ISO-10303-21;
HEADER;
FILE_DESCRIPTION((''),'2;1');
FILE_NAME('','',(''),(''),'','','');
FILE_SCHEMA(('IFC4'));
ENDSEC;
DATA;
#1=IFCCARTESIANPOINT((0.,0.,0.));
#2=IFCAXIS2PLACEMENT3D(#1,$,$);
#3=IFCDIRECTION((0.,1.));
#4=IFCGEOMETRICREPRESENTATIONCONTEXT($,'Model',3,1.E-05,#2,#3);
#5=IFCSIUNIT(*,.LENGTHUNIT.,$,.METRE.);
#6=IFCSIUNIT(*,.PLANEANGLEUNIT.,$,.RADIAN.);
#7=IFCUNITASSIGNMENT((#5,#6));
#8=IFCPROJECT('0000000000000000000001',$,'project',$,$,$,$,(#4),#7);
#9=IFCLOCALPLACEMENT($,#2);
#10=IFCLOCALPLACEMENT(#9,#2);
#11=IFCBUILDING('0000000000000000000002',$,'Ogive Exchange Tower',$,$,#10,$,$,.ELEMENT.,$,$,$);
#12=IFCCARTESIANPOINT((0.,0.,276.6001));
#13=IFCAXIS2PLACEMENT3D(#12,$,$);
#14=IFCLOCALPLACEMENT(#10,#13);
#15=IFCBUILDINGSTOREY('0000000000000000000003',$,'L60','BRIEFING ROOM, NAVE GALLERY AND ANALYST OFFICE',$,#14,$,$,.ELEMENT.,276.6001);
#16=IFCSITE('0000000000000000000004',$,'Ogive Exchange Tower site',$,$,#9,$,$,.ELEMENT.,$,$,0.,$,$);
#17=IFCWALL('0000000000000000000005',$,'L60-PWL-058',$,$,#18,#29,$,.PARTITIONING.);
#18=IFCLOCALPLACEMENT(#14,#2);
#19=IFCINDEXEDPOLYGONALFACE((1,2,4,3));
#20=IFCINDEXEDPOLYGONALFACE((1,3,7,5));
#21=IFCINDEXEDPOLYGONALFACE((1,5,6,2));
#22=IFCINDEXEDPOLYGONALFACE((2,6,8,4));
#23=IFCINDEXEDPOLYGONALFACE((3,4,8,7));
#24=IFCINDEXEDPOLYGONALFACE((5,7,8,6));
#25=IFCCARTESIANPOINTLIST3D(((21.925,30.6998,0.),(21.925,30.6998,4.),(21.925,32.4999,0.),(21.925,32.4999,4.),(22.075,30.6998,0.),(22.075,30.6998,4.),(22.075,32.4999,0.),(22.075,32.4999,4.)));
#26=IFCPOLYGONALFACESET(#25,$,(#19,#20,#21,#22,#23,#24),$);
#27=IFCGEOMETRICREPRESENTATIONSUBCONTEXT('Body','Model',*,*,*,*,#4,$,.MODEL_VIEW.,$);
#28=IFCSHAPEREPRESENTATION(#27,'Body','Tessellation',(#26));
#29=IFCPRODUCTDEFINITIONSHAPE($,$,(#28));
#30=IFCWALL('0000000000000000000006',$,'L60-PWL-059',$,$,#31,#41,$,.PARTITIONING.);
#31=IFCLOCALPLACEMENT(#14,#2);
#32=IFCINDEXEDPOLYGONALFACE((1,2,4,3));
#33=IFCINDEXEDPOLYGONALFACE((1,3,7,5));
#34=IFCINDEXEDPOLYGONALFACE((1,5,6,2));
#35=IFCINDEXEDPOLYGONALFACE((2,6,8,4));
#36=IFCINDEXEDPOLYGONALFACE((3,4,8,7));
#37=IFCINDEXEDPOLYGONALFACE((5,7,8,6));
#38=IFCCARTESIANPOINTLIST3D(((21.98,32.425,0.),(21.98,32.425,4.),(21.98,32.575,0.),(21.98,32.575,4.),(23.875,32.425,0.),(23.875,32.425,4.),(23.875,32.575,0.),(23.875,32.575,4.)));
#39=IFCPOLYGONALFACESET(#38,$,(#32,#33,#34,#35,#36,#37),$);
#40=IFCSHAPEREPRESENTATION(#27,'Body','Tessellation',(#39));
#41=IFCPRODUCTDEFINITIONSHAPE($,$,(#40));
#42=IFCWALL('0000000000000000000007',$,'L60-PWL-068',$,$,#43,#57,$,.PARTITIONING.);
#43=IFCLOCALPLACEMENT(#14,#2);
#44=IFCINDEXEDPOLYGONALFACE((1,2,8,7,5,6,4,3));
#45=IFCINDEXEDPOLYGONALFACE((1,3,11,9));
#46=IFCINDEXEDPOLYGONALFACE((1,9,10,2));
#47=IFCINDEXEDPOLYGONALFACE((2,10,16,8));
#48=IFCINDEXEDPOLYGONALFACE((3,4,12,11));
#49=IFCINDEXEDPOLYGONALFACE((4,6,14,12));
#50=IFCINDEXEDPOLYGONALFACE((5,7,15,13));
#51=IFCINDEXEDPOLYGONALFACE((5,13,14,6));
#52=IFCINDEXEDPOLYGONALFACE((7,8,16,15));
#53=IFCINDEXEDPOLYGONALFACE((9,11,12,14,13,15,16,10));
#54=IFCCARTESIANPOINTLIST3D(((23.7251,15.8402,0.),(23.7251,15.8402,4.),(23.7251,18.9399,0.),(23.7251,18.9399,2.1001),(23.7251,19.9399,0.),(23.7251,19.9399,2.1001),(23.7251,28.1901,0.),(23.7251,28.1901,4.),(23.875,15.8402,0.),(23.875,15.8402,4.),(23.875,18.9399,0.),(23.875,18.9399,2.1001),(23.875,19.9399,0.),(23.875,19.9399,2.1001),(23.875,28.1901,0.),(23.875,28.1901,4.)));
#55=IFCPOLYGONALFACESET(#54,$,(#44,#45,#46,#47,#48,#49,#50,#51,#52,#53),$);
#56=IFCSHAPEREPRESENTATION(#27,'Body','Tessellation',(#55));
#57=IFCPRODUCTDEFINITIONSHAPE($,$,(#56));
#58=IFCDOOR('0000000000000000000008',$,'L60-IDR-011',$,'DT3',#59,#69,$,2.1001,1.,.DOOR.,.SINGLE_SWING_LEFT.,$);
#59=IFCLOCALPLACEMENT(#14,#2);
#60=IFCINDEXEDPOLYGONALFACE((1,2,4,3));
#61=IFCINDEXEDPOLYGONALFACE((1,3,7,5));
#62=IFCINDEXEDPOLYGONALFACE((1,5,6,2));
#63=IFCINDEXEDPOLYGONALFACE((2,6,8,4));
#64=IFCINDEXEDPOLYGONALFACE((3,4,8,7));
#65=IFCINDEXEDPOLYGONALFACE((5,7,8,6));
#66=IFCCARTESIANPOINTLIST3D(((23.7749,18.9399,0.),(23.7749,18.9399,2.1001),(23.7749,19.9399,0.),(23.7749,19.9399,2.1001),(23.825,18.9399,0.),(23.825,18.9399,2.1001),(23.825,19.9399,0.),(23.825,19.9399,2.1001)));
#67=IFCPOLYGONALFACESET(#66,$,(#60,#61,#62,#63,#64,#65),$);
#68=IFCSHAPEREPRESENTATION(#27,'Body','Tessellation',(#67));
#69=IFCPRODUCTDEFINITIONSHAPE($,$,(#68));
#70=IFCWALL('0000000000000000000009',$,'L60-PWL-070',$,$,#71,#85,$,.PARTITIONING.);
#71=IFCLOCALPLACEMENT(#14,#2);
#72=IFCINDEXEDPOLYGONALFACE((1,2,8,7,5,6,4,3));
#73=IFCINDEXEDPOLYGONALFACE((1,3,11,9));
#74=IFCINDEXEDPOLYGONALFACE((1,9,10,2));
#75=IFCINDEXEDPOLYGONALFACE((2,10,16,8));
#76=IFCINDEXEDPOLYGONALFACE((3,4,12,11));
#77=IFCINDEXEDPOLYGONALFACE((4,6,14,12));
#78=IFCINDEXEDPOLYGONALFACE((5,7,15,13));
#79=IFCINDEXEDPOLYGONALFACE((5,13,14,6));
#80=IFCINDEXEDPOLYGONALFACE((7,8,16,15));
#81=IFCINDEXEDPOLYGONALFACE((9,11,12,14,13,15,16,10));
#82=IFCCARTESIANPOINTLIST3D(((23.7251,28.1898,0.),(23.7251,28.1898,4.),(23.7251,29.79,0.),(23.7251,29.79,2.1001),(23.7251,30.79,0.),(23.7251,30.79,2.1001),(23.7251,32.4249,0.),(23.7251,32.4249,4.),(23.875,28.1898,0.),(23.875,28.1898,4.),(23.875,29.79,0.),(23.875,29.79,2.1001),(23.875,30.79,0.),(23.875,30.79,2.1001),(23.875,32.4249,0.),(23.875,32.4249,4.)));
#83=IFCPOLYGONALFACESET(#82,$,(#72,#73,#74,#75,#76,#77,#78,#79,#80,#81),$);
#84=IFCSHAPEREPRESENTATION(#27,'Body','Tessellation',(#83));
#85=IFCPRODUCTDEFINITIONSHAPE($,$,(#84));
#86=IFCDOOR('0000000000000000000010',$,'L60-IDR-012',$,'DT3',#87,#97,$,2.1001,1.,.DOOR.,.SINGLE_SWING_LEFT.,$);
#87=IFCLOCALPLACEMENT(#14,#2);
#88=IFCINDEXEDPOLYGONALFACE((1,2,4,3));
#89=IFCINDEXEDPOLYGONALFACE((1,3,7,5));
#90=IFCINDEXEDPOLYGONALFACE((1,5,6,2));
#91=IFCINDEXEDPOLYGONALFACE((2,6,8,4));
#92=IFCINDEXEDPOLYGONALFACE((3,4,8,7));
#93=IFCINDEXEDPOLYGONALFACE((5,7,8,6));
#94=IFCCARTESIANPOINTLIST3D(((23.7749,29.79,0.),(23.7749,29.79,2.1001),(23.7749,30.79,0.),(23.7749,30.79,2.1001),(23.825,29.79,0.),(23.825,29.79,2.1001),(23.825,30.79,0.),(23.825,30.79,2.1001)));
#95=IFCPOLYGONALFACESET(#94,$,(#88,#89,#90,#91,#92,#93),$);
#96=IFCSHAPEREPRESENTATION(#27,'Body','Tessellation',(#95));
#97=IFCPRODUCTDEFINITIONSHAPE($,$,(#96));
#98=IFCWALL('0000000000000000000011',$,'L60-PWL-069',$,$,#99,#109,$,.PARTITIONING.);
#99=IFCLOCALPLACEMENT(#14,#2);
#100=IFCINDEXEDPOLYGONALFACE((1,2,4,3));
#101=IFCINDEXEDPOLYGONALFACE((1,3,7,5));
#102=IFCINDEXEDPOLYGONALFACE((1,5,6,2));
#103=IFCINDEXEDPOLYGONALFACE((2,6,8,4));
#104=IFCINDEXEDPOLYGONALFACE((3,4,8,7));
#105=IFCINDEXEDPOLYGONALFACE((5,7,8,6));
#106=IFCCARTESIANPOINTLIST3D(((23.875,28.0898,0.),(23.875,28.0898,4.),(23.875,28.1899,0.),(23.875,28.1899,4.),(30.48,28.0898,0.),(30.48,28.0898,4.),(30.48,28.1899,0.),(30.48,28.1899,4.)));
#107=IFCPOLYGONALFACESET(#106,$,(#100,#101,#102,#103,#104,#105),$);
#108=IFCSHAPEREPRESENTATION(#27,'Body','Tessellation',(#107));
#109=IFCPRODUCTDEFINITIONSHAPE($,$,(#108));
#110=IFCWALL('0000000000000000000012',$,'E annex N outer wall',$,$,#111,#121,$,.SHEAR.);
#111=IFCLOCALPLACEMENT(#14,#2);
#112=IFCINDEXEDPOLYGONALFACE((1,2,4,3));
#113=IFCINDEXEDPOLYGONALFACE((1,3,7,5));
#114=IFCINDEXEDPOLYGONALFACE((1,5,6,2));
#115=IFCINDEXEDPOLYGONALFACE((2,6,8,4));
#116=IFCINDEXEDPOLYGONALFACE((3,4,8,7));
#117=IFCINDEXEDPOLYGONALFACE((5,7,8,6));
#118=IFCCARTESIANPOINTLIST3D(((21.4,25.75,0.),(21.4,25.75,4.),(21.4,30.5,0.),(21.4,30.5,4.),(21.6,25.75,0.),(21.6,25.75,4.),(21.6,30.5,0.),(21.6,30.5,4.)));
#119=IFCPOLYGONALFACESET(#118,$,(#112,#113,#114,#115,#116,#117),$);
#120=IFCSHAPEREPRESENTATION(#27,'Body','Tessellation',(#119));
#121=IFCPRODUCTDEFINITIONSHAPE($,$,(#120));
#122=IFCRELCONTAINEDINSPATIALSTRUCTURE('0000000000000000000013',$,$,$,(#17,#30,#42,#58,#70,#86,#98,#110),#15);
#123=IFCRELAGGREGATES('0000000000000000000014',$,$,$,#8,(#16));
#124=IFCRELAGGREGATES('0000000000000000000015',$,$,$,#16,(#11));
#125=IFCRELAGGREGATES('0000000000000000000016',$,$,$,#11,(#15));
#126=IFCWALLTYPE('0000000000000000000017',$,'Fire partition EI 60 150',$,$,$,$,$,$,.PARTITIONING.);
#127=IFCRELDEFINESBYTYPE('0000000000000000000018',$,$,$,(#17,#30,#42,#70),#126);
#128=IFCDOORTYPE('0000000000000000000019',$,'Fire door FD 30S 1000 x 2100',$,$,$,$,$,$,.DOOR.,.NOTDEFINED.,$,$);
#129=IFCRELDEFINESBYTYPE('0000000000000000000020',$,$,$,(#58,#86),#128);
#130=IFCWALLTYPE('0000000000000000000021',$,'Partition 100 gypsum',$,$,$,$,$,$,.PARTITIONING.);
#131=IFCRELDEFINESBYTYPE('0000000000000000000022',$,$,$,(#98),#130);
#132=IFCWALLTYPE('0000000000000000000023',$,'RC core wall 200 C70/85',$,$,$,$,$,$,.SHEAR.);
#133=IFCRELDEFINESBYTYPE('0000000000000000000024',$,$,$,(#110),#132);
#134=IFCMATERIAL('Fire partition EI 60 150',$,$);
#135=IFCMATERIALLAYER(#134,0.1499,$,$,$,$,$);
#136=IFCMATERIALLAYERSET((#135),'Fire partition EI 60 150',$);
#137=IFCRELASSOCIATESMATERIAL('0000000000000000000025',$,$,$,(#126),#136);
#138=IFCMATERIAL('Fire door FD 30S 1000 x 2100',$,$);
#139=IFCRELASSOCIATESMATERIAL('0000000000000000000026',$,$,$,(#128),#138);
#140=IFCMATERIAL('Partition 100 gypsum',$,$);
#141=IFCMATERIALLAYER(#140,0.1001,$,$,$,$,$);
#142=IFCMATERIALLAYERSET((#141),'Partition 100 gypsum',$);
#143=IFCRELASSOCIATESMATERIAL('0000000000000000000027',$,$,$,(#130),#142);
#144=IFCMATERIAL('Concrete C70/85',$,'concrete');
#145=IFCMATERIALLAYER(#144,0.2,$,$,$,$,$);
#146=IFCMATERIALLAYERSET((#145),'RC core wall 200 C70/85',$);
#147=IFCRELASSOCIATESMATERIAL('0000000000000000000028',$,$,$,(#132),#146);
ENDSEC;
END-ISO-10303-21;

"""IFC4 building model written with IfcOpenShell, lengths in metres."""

from ifc_helpers import new_model, si_unit, direction, frame, frame_2d, origin, place, context, subcontext, project, spatial, rectangle, extrude, material, layer, layer_set, type_object, element, fill, save


model = new_model("IFC4")

# Units and contexts
model_context = context("Model", 3, precision=1e-05, world=origin(), true_north=direction((0.0, 1.0)))
body_context = subcontext(model_context, "Body", "Model", "MODEL_VIEW")
ifc_project = project(units=[si_unit("LENGTHUNIT", "METRE"), si_unit("PLANEANGLEUNIT", "RADIAN")], contexts=[model_context])

# Site, building, storey
site_placement = place(None, origin())
site = spatial("IfcSite", under=ifc_project, at=site_placement, Name="Ogive Exchange Tower site", CompositionType="ELEMENT", RefElevation=0.0)
building_placement = place(site_placement, origin())
building = spatial("IfcBuilding", under=site, at=building_placement, Name="Ogive Exchange Tower", CompositionType="ELEMENT")
storey_placement = place(building_placement, frame((0.0, 0.0, 276.6001)))
storey = spatial("IfcBuildingStorey", under=building, at=storey_placement, Name="L60", Description="BRIEFING ROOM, NAVE GALLERY AND ANALYST OFFICE", CompositionType="ELEMENT", Elevation=276.6001)

# Walls
ifc_material_1 = material(Name="Fire partition EI 60 150")
ifc_layer_1 = layer(ifc_material_1, 0.1499)
ifc_layer_set_1 = layer_set([ifc_layer_1], Name="Fire partition EI 60 150")
wall_type_1 = type_object("IfcWallType", Name="Fire partition EI 60 150", PredefinedType="PARTITIONING", material=ifc_layer_set_1)
wall_1_placement = place(storey_placement, frame((22.0, 30.7, 0.0), z_axis=(0.0, 0.0, 1.0), x_axis=(0.0, 1.0, 0.0)))
element("IfcWall", 1, at=wall_1_placement, inside=storey, type_object=wall_type_1, Name="L60-PWL-058", PredefinedType="PARTITIONING", context=body_context, shape_type="SweptSolid", body=[
    extrude(rectangle(XDim=1.8, YDim=0.1499, at=frame_2d((0.8999, 0.0))), origin(), (0.0, 0.0, 1.0), 4.0),
])
wall_2_placement = place(storey_placement, frame((21.98, 32.5, 0.0), z_axis=(0.0, 0.0, 1.0), x_axis=(1.0, 0.0, 0.0)))
element("IfcWall", 2, at=wall_2_placement, inside=storey, type_object=wall_type_1, Name="L60-PWL-059", PredefinedType="PARTITIONING", context=body_context, shape_type="SweptSolid", body=[
    extrude(rectangle(XDim=1.895, YDim=0.1499, at=frame_2d((0.9475, 0.0))), origin(), (0.0, 0.0, 1.0), 4.0),
])

# Walls, openings, doors
wall_3_placement = place(storey_placement, frame((23.8, 28.1899, 0.0), z_axis=(0.0, 0.0, 1.0), x_axis=(0.0, -1.0, 0.0)))
wall_3 = element("IfcWall", 3, at=wall_3_placement, inside=storey, type_object=wall_type_1, Name="L60-PWL-068", PredefinedType="PARTITIONING", context=body_context, shape_type="SweptSolid", body=[
    extrude(rectangle(XDim=12.3499, YDim=0.1499, at=frame_2d((6.1748, 0.0))), origin(), (0.0, 0.0, 1.0), 4.0),
])
opening_1_placement = place(wall_3_placement, frame((8.25, 0.0, 0.0)))
opening_1 = element("IfcOpeningElement", 4, at=opening_1_placement, cuts=wall_3, PredefinedType="OPENING", context=body_context, shape_type="SweptSolid", body=[
    extrude(rectangle(XDim=1.0, YDim=2.1001, at=frame_2d((0.5, 1.05))), frame((0.0, 0.085, 0.0), z_axis=(0.0, -1.0, 0.0), x_axis=(1.0, 0.0, 0.0)), (0.0, 0.0, 1.0), 0.1699),
])
ifc_material_2 = material(Name="Fire door FD 30S 1000 x 2100")
door_type = type_object("IfcDoorType", Name="Fire door FD 30S 1000 x 2100", OperationType="NOTDEFINED", PredefinedType="DOOR", material=ifc_material_2)
door_1_placement = place(opening_1_placement, origin())
door_1 = element("IfcDoor", 5, at=door_1_placement, inside=storey, type_object=door_type, Name="L60-IDR-011", ObjectType="DT3", OperationType="SINGLE_SWING_LEFT", OverallHeight=2.1001, OverallWidth=1.0, PredefinedType="DOOR", context=body_context, shape_type="SweptSolid", body=[
    extrude(rectangle(XDim=1.0, YDim=2.1001, at=frame_2d((0.5, 1.05))), frame((0.0, 0.0249, 0.0), z_axis=(0.0, -1.0, 0.0), x_axis=(1.0, 0.0, 0.0)), (0.0, 0.0, 1.0), 0.05),
])
fill(opening_1, door_1)
wall_4_placement = place(storey_placement, frame((23.8, 32.425, 0.0), z_axis=(0.0, 0.0, 1.0), x_axis=(0.0, -1.0, 0.0)))
wall_4 = element("IfcWall", 6, at=wall_4_placement, inside=storey, type_object=wall_type_1, Name="L60-PWL-070", PredefinedType="PARTITIONING", context=body_context, shape_type="SweptSolid", body=[
    extrude(rectangle(XDim=4.2351, YDim=0.1499, at=frame_2d((2.1177, 0.0))), origin(), (0.0, 0.0, 1.0), 4.0),
])
opening_2_placement = place(wall_4_placement, frame((1.635, 0.0, 0.0)))
opening_2 = element("IfcOpeningElement", 7, at=opening_2_placement, cuts=wall_4, PredefinedType="OPENING", context=body_context, shape_type="SweptSolid", body=[
    extrude(rectangle(XDim=1.0, YDim=2.1001, at=frame_2d((0.5, 1.05))), frame((0.0, 0.085, 0.0), z_axis=(0.0, -1.0, 0.0), x_axis=(1.0, 0.0, 0.0)), (0.0, 0.0, 1.0), 0.1699),
])
door_2_placement = place(opening_2_placement, origin())
door_2 = element("IfcDoor", 8, at=door_2_placement, inside=storey, type_object=door_type, Name="L60-IDR-012", ObjectType="DT3", OperationType="SINGLE_SWING_LEFT", OverallHeight=2.1001, OverallWidth=1.0, PredefinedType="DOOR", context=body_context, shape_type="SweptSolid", body=[
    extrude(rectangle(XDim=1.0, YDim=2.1001, at=frame_2d((0.5, 1.05))), frame((0.0, 0.0249, 0.0), z_axis=(0.0, -1.0, 0.0), x_axis=(1.0, 0.0, 0.0)), (0.0, 0.0, 1.0), 0.05),
])
fill(opening_2, door_2)

# Walls
ifc_material_3 = material(Name="Partition 100 gypsum")
ifc_layer_2 = layer(ifc_material_3, 0.1001)
ifc_layer_set_2 = layer_set([ifc_layer_2], Name="Partition 100 gypsum")
wall_type_2 = type_object("IfcWallType", Name="Partition 100 gypsum", PredefinedType="PARTITIONING", material=ifc_layer_set_2)
wall_5_placement = place(storey_placement, frame((23.875, 28.1399, 0.0), z_axis=(0.0, 0.0, 1.0), x_axis=(1.0, 0.0, 0.0)))
element("IfcWall", 9, at=wall_5_placement, inside=storey, type_object=wall_type_2, Name="L60-PWL-069", PredefinedType="PARTITIONING", context=body_context, shape_type="SweptSolid", body=[
    extrude(rectangle(XDim=6.605, YDim=0.1001, at=frame_2d((3.3025, 0.0))), origin(), (0.0, 0.0, 1.0), 4.0),
])
ifc_material_4 = material(Name="Concrete C70/85", Category="concrete")
ifc_layer_3 = layer(ifc_material_4, 0.2)
ifc_layer_set_3 = layer_set([ifc_layer_3], Name="RC core wall 200 C70/85")
wall_type_3 = type_object("IfcWallType", Name="RC core wall 200 C70/85", PredefinedType="SHEAR", material=ifc_layer_set_3)
wall_6_placement = place(storey_placement, frame((21.5, 25.75, 0.0), z_axis=(0.0, 0.0, 1.0), x_axis=(0.0, 1.0, 0.0)))
element("IfcWall", 10, at=wall_6_placement, inside=storey, type_object=wall_type_3, Name="E annex N outer wall", PredefinedType="SHEAR", context=body_context, shape_type="SweptSolid", body=[
    extrude(rectangle(XDim=4.75, YDim=0.2, at=frame_2d((2.375, 0.0))), origin(), (0.0, 0.0, 1.0), 4.0),
])

save(model, "model.ifc")
